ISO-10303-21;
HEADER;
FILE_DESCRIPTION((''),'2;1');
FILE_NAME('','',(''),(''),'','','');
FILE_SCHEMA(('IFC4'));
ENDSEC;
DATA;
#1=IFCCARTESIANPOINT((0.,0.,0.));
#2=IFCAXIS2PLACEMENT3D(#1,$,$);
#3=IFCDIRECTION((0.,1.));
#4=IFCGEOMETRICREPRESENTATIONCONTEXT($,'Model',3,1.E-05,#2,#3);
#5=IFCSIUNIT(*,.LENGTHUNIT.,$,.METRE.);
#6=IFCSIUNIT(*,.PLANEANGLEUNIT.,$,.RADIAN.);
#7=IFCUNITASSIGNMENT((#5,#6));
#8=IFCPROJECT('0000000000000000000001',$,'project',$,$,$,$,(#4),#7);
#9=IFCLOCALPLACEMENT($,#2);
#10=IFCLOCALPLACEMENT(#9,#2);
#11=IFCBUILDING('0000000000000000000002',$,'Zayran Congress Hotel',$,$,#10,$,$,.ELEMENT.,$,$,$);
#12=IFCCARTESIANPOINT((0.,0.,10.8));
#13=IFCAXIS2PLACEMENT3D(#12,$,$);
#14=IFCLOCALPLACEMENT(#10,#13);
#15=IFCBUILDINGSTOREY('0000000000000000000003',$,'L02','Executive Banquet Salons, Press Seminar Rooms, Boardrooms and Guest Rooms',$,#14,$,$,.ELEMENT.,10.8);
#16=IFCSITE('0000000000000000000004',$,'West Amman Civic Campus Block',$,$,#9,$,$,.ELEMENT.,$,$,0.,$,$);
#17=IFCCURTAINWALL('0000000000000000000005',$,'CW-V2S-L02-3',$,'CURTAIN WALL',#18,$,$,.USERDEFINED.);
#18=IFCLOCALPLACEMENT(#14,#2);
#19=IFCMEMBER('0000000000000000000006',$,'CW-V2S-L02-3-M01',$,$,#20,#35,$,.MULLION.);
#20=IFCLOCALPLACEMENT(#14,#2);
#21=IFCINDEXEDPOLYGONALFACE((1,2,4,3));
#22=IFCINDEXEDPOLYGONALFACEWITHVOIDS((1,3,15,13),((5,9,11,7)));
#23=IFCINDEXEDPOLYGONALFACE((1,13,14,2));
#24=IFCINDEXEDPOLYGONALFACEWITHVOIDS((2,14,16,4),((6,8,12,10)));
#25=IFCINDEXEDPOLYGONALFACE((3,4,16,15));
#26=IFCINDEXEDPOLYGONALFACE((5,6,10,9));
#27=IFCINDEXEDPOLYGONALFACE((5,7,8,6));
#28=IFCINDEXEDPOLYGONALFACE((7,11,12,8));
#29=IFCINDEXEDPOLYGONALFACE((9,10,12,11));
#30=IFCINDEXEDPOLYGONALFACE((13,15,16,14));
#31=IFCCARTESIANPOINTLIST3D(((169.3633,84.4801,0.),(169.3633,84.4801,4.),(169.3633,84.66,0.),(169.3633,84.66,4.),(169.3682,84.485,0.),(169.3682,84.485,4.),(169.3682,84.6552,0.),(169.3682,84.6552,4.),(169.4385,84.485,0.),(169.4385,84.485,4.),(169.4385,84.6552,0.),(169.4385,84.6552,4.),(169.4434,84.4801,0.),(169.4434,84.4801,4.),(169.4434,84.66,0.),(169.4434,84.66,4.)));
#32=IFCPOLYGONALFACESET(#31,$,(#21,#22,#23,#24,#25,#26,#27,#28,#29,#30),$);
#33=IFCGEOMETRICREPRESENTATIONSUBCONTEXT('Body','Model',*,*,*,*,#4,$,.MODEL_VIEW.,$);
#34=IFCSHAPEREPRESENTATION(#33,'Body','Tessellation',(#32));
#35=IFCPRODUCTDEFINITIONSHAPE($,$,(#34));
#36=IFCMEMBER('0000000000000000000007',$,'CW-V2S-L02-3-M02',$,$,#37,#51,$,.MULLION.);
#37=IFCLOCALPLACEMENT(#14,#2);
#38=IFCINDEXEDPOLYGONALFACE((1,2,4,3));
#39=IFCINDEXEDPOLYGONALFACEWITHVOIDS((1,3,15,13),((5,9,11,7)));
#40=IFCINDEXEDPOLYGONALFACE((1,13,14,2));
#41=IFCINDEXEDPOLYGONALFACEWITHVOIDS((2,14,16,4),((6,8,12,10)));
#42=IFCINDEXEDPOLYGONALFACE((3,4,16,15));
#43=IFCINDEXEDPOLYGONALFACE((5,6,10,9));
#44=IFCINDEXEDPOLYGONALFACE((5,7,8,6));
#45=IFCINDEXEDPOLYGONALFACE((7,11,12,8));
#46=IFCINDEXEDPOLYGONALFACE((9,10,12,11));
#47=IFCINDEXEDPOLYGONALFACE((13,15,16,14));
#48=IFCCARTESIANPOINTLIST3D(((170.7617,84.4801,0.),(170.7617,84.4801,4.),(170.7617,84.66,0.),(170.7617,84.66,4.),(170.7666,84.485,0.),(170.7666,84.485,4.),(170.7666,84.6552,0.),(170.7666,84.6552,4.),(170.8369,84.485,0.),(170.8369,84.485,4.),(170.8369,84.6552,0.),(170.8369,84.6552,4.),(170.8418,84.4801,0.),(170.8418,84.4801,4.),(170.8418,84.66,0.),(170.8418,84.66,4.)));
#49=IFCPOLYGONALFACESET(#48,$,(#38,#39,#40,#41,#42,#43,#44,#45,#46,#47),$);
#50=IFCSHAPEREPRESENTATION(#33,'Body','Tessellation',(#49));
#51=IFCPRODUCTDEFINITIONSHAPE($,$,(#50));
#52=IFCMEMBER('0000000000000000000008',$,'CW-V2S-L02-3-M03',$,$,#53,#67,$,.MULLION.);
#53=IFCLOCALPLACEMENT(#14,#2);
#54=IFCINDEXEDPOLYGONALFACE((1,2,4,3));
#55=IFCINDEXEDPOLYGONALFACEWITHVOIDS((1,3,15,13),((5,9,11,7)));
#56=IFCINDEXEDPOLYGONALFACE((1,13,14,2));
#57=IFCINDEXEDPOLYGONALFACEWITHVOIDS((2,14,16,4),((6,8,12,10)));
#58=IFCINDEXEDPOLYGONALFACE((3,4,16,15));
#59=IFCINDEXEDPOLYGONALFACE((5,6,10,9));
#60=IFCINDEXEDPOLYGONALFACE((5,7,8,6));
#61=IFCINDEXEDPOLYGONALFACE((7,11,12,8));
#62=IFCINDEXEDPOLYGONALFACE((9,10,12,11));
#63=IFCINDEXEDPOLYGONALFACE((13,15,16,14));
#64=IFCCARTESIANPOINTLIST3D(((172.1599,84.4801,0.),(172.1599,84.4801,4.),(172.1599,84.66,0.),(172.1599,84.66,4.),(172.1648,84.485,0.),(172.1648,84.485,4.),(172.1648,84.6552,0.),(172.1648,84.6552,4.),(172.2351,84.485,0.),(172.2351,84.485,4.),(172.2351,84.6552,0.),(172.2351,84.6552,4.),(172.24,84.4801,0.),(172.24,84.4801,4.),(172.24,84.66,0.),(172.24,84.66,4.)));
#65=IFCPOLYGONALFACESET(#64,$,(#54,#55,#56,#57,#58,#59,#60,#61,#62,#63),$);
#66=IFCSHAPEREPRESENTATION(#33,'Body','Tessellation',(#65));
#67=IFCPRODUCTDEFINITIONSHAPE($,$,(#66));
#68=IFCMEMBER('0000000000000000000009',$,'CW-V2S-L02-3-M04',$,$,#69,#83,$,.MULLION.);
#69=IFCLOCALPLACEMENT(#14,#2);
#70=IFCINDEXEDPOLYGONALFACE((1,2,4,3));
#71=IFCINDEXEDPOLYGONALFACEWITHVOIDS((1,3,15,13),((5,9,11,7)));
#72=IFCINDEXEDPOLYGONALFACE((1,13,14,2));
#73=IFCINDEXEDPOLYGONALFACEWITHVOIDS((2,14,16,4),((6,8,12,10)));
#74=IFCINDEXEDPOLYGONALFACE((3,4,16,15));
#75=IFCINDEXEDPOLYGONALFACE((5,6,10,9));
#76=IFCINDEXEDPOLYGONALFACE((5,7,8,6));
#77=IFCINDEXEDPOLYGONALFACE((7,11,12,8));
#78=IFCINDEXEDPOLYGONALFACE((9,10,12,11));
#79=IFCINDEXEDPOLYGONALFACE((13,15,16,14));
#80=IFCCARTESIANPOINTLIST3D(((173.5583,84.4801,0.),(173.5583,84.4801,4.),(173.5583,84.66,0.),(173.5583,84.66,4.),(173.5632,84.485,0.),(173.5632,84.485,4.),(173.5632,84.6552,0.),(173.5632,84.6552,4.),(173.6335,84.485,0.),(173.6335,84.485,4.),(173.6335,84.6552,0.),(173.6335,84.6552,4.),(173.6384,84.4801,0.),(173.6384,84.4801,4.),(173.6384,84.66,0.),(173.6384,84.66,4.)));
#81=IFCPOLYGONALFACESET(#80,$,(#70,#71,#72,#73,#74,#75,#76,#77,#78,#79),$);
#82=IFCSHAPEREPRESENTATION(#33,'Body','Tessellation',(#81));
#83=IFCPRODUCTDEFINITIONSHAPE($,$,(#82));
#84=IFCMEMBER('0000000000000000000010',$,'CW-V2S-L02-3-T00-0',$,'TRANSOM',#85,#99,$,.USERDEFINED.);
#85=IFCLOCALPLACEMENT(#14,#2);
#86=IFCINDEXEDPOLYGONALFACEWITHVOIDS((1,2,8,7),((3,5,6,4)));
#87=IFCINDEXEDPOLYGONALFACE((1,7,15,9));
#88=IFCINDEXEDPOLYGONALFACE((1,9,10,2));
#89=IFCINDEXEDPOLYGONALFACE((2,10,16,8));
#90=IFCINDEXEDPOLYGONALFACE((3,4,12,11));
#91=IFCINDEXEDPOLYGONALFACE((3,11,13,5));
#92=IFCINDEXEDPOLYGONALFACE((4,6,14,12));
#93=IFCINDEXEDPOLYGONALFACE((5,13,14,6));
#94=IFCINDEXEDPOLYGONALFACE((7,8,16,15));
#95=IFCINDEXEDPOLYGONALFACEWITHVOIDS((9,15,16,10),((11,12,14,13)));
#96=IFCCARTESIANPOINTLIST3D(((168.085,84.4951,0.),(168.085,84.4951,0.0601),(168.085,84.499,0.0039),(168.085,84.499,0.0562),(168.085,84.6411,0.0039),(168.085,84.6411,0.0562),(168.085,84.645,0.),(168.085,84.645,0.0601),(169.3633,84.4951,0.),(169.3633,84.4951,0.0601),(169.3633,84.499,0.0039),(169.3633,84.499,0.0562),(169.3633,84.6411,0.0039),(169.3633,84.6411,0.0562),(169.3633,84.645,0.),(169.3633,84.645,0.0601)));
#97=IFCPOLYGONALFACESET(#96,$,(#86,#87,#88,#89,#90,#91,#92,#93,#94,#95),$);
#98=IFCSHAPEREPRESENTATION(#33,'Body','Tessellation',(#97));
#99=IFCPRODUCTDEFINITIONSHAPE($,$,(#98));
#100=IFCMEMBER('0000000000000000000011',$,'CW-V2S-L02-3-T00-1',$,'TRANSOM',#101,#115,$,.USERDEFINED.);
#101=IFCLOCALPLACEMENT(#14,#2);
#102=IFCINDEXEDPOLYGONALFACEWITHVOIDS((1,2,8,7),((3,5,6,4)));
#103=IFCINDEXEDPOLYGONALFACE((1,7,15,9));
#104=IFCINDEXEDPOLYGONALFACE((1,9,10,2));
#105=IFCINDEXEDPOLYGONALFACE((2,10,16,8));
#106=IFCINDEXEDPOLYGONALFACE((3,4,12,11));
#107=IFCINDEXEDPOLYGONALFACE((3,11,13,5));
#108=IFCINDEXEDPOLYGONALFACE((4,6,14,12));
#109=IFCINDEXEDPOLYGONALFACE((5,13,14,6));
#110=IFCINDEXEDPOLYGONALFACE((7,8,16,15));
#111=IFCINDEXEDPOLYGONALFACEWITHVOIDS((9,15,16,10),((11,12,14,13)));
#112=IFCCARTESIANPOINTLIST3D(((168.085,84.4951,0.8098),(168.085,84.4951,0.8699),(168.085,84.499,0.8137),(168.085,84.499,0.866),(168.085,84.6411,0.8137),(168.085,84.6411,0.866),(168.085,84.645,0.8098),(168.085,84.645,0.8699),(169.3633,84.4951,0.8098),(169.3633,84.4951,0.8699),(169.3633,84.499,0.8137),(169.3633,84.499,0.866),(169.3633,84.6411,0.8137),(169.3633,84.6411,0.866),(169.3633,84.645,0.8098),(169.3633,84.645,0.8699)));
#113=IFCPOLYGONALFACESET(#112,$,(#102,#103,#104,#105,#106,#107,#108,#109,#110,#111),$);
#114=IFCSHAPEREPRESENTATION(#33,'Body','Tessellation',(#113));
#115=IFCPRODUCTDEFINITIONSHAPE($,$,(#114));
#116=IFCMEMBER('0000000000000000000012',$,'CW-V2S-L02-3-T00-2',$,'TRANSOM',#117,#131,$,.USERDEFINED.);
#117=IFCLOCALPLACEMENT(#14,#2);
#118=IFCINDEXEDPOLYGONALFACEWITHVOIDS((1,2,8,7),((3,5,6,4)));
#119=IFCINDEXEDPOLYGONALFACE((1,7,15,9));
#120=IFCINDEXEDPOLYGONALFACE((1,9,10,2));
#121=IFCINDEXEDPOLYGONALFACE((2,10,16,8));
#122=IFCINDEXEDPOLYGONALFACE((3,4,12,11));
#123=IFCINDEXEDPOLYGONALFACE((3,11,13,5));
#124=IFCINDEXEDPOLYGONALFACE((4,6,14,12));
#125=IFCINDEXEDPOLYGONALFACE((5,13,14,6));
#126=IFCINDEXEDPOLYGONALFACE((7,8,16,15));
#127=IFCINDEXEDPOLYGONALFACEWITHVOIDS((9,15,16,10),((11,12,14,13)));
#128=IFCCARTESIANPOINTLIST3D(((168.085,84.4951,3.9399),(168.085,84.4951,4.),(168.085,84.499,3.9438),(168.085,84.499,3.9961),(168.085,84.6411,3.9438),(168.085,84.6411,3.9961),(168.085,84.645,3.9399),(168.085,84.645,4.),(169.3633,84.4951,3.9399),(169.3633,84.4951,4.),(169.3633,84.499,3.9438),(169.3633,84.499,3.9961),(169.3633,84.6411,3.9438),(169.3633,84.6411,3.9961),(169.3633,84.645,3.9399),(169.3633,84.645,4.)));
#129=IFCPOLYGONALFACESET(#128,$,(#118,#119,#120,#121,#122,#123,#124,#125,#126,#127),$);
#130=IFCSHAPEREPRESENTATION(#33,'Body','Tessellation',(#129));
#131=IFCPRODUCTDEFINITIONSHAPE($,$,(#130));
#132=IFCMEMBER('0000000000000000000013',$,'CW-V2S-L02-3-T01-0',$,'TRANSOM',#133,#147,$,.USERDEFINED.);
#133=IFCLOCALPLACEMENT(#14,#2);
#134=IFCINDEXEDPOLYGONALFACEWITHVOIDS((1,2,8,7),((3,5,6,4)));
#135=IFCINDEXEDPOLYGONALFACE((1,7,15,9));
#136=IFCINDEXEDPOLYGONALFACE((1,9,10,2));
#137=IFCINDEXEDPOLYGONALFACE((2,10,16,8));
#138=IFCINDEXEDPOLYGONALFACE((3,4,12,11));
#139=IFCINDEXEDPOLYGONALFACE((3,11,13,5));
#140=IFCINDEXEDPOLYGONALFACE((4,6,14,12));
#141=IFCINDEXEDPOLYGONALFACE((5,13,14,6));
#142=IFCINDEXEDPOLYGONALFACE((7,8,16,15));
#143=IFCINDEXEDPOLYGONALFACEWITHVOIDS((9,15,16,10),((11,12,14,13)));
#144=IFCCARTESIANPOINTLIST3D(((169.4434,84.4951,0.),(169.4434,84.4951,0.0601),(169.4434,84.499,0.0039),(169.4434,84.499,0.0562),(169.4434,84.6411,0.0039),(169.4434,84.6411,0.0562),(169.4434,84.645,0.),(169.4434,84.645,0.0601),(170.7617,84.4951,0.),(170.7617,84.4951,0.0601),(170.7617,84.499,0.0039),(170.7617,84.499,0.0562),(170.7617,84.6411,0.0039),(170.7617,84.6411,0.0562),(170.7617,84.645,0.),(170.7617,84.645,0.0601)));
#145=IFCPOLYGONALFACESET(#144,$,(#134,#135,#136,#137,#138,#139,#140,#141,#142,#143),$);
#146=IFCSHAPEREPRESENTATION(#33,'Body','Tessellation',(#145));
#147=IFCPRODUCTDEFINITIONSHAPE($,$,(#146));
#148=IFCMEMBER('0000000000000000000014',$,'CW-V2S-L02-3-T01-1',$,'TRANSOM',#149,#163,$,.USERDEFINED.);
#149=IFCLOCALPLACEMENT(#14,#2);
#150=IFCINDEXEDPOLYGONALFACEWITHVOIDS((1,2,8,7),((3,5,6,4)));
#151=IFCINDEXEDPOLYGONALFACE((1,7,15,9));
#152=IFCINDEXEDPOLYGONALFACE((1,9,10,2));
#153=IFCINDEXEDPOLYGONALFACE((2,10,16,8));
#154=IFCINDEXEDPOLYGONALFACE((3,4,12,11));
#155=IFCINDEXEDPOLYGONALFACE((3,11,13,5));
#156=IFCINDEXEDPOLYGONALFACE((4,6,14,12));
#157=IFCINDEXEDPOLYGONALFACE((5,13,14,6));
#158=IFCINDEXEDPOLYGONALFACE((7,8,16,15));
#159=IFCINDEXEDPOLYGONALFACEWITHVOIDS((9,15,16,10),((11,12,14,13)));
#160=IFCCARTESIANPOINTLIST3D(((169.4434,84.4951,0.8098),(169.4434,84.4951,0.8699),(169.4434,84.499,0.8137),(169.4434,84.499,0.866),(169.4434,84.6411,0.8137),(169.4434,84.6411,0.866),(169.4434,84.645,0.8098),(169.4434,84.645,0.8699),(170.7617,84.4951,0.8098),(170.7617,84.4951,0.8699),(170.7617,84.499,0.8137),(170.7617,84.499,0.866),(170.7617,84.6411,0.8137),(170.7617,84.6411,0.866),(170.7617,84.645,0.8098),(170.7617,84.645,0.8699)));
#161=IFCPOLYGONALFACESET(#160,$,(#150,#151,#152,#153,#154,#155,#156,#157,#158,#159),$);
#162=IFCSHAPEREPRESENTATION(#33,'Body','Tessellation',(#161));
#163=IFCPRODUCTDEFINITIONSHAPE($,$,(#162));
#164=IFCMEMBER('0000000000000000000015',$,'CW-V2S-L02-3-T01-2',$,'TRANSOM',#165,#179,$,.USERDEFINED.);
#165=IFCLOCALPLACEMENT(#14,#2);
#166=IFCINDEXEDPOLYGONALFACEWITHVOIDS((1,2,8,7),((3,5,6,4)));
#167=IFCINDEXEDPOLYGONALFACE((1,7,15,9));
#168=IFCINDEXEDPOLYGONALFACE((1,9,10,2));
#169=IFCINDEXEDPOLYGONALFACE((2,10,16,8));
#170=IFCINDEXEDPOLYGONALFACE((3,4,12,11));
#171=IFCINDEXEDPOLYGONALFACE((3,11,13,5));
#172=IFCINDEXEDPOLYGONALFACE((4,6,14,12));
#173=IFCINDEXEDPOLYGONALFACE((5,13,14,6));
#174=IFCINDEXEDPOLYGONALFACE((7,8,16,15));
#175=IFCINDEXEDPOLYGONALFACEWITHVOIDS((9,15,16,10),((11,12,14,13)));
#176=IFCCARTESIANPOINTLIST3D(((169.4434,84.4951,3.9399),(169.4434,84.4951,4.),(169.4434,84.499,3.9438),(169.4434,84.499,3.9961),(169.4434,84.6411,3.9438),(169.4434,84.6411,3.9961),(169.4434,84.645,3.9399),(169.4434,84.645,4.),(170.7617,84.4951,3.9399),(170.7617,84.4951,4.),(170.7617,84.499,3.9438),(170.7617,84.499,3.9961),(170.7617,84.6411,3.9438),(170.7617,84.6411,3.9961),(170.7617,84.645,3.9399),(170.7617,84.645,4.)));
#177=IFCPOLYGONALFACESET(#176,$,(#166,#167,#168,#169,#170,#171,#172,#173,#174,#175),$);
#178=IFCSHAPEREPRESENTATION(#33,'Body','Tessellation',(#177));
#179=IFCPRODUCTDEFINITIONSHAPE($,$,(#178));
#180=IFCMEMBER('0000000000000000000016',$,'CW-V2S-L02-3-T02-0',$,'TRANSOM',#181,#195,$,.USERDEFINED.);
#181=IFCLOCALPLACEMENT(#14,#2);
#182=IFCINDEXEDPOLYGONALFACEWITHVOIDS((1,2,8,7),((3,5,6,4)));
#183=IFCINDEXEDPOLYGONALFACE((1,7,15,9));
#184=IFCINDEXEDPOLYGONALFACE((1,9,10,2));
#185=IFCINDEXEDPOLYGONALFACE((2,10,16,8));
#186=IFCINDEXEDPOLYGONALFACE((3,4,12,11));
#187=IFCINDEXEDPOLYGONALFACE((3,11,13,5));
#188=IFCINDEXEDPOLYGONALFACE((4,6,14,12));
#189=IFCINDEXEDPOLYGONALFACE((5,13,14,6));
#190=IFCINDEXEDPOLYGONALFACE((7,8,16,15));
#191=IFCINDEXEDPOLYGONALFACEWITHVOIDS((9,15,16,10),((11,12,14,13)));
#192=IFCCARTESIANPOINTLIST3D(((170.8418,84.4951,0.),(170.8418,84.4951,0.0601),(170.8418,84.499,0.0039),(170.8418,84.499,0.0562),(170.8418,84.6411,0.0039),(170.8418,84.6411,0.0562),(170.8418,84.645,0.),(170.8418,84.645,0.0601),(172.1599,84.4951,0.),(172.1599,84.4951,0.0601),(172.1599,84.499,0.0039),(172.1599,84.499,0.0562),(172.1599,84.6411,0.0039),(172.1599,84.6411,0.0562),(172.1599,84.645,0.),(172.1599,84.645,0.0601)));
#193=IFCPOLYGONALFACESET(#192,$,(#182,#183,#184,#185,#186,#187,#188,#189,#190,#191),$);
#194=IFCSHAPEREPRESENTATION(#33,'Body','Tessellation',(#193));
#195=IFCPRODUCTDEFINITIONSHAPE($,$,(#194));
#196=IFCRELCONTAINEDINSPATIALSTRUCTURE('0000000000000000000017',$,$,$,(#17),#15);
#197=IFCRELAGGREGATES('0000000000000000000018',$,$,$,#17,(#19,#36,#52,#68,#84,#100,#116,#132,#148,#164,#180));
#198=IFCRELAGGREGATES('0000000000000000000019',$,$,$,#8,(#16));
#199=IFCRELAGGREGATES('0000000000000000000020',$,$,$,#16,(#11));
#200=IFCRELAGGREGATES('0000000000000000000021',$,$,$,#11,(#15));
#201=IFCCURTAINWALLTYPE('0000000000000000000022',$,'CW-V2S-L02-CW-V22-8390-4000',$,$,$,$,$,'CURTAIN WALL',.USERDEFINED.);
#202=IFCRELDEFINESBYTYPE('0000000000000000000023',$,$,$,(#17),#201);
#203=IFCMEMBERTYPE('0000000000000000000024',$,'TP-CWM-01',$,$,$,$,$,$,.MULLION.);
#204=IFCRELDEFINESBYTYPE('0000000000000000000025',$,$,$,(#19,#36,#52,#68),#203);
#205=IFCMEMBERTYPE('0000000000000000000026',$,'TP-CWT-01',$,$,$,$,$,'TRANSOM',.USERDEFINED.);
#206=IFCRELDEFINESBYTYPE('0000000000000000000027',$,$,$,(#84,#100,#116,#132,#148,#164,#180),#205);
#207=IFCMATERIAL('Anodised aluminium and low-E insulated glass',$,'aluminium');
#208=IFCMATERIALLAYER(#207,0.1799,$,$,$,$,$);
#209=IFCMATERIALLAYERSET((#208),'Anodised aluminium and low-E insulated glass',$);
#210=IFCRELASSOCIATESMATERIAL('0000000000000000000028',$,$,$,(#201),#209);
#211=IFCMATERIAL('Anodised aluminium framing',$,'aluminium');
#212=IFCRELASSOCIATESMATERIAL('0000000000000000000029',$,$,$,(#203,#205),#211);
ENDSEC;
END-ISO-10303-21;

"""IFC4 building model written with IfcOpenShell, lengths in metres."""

from ifc_helpers import new_model, si_unit, direction, frame, origin, origin_2d, place, context, subcontext, project, spatial, hollow_rectangle, extrude, material, layer, layer_set, material_profile, profile_set, type_object, element, aggregate, save


model = new_model("IFC4")

# Units and contexts
model_context = context("Model", 3, precision=1e-05, world=origin(), true_north=direction((0.0, 1.0)))
body_context = subcontext(model_context, "Body", "Model", "MODEL_VIEW")
ifc_project = project(units=[si_unit("LENGTHUNIT", "METRE"), si_unit("PLANEANGLEUNIT", "RADIAN")], contexts=[model_context])

# Site, building, storey
site_placement = place(None, origin())
site = spatial("IfcSite", under=ifc_project, at=site_placement, Name="West Amman Civic Campus Block", CompositionType="ELEMENT", RefElevation=0.0)
building_placement = place(site_placement, origin())
building = spatial("IfcBuilding", under=site, at=building_placement, Name="Zayran Congress Hotel", CompositionType="ELEMENT")
storey_placement = place(building_placement, frame((0.0, 0.0, 10.8)))
storey = spatial("IfcBuildingStorey", under=building, at=storey_placement, Name="L02", Description="Executive Banquet Salons, Press Seminar Rooms, Boardrooms and Guest Rooms", CompositionType="ELEMENT", Elevation=10.8)

# Curtain wall, members
ifc_material_1 = material(Name="Anodised aluminium and low-E insulated glass", Category="aluminium")
ifc_layer_1 = layer(ifc_material_1, 0.1799)
ifc_layer_set_1 = layer_set([ifc_layer_1], Name="Anodised aluminium and low-E insulated glass")
curtain_wall_type = type_object("IfcCurtainWallType", Name="CW-V2S-L02-CW-V22-8390-4000", ElementType="CURTAIN WALL", PredefinedType="USERDEFINED", material=ifc_layer_set_1)
curtain_wall_placement = place(storey_placement, origin())
curtain_wall = element("IfcCurtainWall", 1, at=curtain_wall_placement, inside=storey, type_object=curtain_wall_type, Name="CW-V2S-L02-3", ObjectType="CURTAIN WALL", PredefinedType="USERDEFINED")
ifc_material_2 = material(Name="Anodised aluminium framing", Category="aluminium")
ifc_material_profile_1 = material_profile(ifc_material_2, hollow_rectangle(XDim=0.0801, YDim=0.1799, WallThickness=0.0049, at=origin_2d()), Name="RHS 180x80x5")
ifc_profile_set_1 = profile_set([ifc_material_profile_1], Name="Anodised aluminium framing")
member_type_1 = type_object("IfcMemberType", Name="TP-CWM-01", PredefinedType="MULLION", material=ifc_profile_set_1)
member_1_placement = place(storey_placement, frame((169.4033, 84.5701, 0.0), z_axis=(0.0, 0.0, 1.0), x_axis=(1.0, 0.0, 0.0)))
member_1 = element("IfcMember", 2, at=member_1_placement, type_object=member_type_1, Name="CW-V2S-L02-3-M01", PredefinedType="MULLION", context=body_context, shape_type="SweptSolid", body=[
    extrude(hollow_rectangle(XDim=0.0801, YDim=0.1799, WallThickness=0.0049, at=origin_2d()), origin(), (0.0, 0.0, 1.0), 4.0),
])
member_2_placement = place(storey_placement, frame((170.8018, 84.5701, 0.0), z_axis=(0.0, 0.0, 1.0), x_axis=(1.0, 0.0, 0.0)))
member_2 = element("IfcMember", 3, at=member_2_placement, type_object=member_type_1, Name="CW-V2S-L02-3-M02", PredefinedType="MULLION", context=body_context, shape_type="SweptSolid", body=[
    extrude(hollow_rectangle(XDim=0.0801, YDim=0.1799, WallThickness=0.0049, at=origin_2d()), origin(), (0.0, 0.0, 1.0), 4.0),
])
member_3_placement = place(storey_placement, frame((172.2, 84.5701, 0.0), z_axis=(0.0, 0.0, 1.0), x_axis=(1.0, 0.0, 0.0)))
member_3 = element("IfcMember", 4, at=member_3_placement, type_object=member_type_1, Name="CW-V2S-L02-3-M03", PredefinedType="MULLION", context=body_context, shape_type="SweptSolid", body=[
    extrude(hollow_rectangle(XDim=0.0801, YDim=0.1799, WallThickness=0.0049, at=origin_2d()), origin(), (0.0, 0.0, 1.0), 4.0),
])
member_4_placement = place(storey_placement, frame((173.5984, 84.5701, 0.0), z_axis=(0.0, 0.0, 1.0), x_axis=(1.0, 0.0, 0.0)))
member_4 = element("IfcMember", 5, at=member_4_placement, type_object=member_type_1, Name="CW-V2S-L02-3-M04", PredefinedType="MULLION", context=body_context, shape_type="SweptSolid", body=[
    extrude(hollow_rectangle(XDim=0.0801, YDim=0.1799, WallThickness=0.0049, at=origin_2d()), origin(), (0.0, 0.0, 1.0), 4.0),
])
ifc_material_profile_2 = material_profile(ifc_material_2, hollow_rectangle(XDim=0.0601, YDim=0.1499, WallThickness=0.0039, at=origin_2d()), Name="RHS 150x60x4")
ifc_profile_set_2 = profile_set([ifc_material_profile_2], Name="Anodised aluminium framing")
member_type_2 = type_object("IfcMemberType", Name="TP-CWT-01", ElementType="TRANSOM", PredefinedType="USERDEFINED", material=ifc_profile_set_2)
member_5_placement = place(storey_placement, frame((168.085, 84.5701, 0.03), z_axis=(1.0, 0.0, 0.0), x_axis=(0.0, 0.0, 1.0)))
member_5 = element("IfcMember", 6, at=member_5_placement, type_object=member_type_2, Name="CW-V2S-L02-3-T00-0", ObjectType="TRANSOM", PredefinedType="USERDEFINED", context=body_context, shape_type="SweptSolid", body=[
    extrude(hollow_rectangle(XDim=0.0601, YDim=0.1499, WallThickness=0.0039, at=origin_2d()), origin(), (0.0, 0.0, 1.0), 1.2783),
])
member_6_placement = place(storey_placement, frame((168.085, 84.5701, 0.8398), z_axis=(1.0, 0.0, 0.0), x_axis=(0.0, 0.0, 1.0)))
member_6 = element("IfcMember", 7, at=member_6_placement, type_object=member_type_2, Name="CW-V2S-L02-3-T00-1", ObjectType="TRANSOM", PredefinedType="USERDEFINED", context=body_context, shape_type="SweptSolid", body=[
    extrude(hollow_rectangle(XDim=0.0601, YDim=0.1499, WallThickness=0.0039, at=origin_2d()), origin(), (0.0, 0.0, 1.0), 1.2783),
])
member_7_placement = place(storey_placement, frame((168.085, 84.5701, 3.97), z_axis=(1.0, 0.0, 0.0), x_axis=(0.0, 0.0, 1.0)))
member_7 = element("IfcMember", 8, at=member_7_placement, type_object=member_type_2, Name="CW-V2S-L02-3-T00-2", ObjectType="TRANSOM", PredefinedType="USERDEFINED", context=body_context, shape_type="SweptSolid", body=[
    extrude(hollow_rectangle(XDim=0.0601, YDim=0.1499, WallThickness=0.0039, at=origin_2d()), origin(), (0.0, 0.0, 1.0), 1.2783),
])
member_8_placement = place(storey_placement, frame((169.4434, 84.5701, 0.03), z_axis=(1.0, 0.0, 0.0), x_axis=(0.0, 0.0, 1.0)))
member_8 = element("IfcMember", 9, at=member_8_placement, type_object=member_type_2, Name="CW-V2S-L02-3-T01-0", ObjectType="TRANSOM", PredefinedType="USERDEFINED", context=body_context, shape_type="SweptSolid", body=[
    extrude(hollow_rectangle(XDim=0.0601, YDim=0.1499, WallThickness=0.0039, at=origin_2d()), origin(), (0.0, 0.0, 1.0), 1.3184),
])
member_9_placement = place(storey_placement, frame((169.4434, 84.5701, 0.8398), z_axis=(1.0, 0.0, 0.0), x_axis=(0.0, 0.0, 1.0)))
member_9 = element("IfcMember", 10, at=member_9_placement, type_object=member_type_2, Name="CW-V2S-L02-3-T01-1", ObjectType="TRANSOM", PredefinedType="USERDEFINED", context=body_context, shape_type="SweptSolid", body=[
    extrude(hollow_rectangle(XDim=0.0601, YDim=0.1499, WallThickness=0.0039, at=origin_2d()), origin(), (0.0, 0.0, 1.0), 1.3184),
])
member_10_placement = place(storey_placement, frame((169.4434, 84.5701, 3.97), z_axis=(1.0, 0.0, 0.0), x_axis=(0.0, 0.0, 1.0)))
member_10 = element("IfcMember", 11, at=member_10_placement, type_object=member_type_2, Name="CW-V2S-L02-3-T01-2", ObjectType="TRANSOM", PredefinedType="USERDEFINED", context=body_context, shape_type="SweptSolid", body=[
    extrude(hollow_rectangle(XDim=0.0601, YDim=0.1499, WallThickness=0.0039, at=origin_2d()), origin(), (0.0, 0.0, 1.0), 1.3184),
])
member_11_placement = place(storey_placement, frame((170.8418, 84.5701, 0.03), z_axis=(1.0, 0.0, 0.0), x_axis=(0.0, 0.0, 1.0)))
member_11 = element("IfcMember", 12, at=member_11_placement, type_object=member_type_2, Name="CW-V2S-L02-3-T02-0", ObjectType="TRANSOM", PredefinedType="USERDEFINED", context=body_context, shape_type="SweptSolid", body=[
    extrude(hollow_rectangle(XDim=0.0601, YDim=0.1499, WallThickness=0.0039, at=origin_2d()), origin(), (0.0, 0.0, 1.0), 1.3181),
])
aggregate(curtain_wall, [member_1, member_2, member_3, member_4, member_5, member_6, member_7, member_8, member_9, member_10, member_11])

save(model, "model.ifc")
